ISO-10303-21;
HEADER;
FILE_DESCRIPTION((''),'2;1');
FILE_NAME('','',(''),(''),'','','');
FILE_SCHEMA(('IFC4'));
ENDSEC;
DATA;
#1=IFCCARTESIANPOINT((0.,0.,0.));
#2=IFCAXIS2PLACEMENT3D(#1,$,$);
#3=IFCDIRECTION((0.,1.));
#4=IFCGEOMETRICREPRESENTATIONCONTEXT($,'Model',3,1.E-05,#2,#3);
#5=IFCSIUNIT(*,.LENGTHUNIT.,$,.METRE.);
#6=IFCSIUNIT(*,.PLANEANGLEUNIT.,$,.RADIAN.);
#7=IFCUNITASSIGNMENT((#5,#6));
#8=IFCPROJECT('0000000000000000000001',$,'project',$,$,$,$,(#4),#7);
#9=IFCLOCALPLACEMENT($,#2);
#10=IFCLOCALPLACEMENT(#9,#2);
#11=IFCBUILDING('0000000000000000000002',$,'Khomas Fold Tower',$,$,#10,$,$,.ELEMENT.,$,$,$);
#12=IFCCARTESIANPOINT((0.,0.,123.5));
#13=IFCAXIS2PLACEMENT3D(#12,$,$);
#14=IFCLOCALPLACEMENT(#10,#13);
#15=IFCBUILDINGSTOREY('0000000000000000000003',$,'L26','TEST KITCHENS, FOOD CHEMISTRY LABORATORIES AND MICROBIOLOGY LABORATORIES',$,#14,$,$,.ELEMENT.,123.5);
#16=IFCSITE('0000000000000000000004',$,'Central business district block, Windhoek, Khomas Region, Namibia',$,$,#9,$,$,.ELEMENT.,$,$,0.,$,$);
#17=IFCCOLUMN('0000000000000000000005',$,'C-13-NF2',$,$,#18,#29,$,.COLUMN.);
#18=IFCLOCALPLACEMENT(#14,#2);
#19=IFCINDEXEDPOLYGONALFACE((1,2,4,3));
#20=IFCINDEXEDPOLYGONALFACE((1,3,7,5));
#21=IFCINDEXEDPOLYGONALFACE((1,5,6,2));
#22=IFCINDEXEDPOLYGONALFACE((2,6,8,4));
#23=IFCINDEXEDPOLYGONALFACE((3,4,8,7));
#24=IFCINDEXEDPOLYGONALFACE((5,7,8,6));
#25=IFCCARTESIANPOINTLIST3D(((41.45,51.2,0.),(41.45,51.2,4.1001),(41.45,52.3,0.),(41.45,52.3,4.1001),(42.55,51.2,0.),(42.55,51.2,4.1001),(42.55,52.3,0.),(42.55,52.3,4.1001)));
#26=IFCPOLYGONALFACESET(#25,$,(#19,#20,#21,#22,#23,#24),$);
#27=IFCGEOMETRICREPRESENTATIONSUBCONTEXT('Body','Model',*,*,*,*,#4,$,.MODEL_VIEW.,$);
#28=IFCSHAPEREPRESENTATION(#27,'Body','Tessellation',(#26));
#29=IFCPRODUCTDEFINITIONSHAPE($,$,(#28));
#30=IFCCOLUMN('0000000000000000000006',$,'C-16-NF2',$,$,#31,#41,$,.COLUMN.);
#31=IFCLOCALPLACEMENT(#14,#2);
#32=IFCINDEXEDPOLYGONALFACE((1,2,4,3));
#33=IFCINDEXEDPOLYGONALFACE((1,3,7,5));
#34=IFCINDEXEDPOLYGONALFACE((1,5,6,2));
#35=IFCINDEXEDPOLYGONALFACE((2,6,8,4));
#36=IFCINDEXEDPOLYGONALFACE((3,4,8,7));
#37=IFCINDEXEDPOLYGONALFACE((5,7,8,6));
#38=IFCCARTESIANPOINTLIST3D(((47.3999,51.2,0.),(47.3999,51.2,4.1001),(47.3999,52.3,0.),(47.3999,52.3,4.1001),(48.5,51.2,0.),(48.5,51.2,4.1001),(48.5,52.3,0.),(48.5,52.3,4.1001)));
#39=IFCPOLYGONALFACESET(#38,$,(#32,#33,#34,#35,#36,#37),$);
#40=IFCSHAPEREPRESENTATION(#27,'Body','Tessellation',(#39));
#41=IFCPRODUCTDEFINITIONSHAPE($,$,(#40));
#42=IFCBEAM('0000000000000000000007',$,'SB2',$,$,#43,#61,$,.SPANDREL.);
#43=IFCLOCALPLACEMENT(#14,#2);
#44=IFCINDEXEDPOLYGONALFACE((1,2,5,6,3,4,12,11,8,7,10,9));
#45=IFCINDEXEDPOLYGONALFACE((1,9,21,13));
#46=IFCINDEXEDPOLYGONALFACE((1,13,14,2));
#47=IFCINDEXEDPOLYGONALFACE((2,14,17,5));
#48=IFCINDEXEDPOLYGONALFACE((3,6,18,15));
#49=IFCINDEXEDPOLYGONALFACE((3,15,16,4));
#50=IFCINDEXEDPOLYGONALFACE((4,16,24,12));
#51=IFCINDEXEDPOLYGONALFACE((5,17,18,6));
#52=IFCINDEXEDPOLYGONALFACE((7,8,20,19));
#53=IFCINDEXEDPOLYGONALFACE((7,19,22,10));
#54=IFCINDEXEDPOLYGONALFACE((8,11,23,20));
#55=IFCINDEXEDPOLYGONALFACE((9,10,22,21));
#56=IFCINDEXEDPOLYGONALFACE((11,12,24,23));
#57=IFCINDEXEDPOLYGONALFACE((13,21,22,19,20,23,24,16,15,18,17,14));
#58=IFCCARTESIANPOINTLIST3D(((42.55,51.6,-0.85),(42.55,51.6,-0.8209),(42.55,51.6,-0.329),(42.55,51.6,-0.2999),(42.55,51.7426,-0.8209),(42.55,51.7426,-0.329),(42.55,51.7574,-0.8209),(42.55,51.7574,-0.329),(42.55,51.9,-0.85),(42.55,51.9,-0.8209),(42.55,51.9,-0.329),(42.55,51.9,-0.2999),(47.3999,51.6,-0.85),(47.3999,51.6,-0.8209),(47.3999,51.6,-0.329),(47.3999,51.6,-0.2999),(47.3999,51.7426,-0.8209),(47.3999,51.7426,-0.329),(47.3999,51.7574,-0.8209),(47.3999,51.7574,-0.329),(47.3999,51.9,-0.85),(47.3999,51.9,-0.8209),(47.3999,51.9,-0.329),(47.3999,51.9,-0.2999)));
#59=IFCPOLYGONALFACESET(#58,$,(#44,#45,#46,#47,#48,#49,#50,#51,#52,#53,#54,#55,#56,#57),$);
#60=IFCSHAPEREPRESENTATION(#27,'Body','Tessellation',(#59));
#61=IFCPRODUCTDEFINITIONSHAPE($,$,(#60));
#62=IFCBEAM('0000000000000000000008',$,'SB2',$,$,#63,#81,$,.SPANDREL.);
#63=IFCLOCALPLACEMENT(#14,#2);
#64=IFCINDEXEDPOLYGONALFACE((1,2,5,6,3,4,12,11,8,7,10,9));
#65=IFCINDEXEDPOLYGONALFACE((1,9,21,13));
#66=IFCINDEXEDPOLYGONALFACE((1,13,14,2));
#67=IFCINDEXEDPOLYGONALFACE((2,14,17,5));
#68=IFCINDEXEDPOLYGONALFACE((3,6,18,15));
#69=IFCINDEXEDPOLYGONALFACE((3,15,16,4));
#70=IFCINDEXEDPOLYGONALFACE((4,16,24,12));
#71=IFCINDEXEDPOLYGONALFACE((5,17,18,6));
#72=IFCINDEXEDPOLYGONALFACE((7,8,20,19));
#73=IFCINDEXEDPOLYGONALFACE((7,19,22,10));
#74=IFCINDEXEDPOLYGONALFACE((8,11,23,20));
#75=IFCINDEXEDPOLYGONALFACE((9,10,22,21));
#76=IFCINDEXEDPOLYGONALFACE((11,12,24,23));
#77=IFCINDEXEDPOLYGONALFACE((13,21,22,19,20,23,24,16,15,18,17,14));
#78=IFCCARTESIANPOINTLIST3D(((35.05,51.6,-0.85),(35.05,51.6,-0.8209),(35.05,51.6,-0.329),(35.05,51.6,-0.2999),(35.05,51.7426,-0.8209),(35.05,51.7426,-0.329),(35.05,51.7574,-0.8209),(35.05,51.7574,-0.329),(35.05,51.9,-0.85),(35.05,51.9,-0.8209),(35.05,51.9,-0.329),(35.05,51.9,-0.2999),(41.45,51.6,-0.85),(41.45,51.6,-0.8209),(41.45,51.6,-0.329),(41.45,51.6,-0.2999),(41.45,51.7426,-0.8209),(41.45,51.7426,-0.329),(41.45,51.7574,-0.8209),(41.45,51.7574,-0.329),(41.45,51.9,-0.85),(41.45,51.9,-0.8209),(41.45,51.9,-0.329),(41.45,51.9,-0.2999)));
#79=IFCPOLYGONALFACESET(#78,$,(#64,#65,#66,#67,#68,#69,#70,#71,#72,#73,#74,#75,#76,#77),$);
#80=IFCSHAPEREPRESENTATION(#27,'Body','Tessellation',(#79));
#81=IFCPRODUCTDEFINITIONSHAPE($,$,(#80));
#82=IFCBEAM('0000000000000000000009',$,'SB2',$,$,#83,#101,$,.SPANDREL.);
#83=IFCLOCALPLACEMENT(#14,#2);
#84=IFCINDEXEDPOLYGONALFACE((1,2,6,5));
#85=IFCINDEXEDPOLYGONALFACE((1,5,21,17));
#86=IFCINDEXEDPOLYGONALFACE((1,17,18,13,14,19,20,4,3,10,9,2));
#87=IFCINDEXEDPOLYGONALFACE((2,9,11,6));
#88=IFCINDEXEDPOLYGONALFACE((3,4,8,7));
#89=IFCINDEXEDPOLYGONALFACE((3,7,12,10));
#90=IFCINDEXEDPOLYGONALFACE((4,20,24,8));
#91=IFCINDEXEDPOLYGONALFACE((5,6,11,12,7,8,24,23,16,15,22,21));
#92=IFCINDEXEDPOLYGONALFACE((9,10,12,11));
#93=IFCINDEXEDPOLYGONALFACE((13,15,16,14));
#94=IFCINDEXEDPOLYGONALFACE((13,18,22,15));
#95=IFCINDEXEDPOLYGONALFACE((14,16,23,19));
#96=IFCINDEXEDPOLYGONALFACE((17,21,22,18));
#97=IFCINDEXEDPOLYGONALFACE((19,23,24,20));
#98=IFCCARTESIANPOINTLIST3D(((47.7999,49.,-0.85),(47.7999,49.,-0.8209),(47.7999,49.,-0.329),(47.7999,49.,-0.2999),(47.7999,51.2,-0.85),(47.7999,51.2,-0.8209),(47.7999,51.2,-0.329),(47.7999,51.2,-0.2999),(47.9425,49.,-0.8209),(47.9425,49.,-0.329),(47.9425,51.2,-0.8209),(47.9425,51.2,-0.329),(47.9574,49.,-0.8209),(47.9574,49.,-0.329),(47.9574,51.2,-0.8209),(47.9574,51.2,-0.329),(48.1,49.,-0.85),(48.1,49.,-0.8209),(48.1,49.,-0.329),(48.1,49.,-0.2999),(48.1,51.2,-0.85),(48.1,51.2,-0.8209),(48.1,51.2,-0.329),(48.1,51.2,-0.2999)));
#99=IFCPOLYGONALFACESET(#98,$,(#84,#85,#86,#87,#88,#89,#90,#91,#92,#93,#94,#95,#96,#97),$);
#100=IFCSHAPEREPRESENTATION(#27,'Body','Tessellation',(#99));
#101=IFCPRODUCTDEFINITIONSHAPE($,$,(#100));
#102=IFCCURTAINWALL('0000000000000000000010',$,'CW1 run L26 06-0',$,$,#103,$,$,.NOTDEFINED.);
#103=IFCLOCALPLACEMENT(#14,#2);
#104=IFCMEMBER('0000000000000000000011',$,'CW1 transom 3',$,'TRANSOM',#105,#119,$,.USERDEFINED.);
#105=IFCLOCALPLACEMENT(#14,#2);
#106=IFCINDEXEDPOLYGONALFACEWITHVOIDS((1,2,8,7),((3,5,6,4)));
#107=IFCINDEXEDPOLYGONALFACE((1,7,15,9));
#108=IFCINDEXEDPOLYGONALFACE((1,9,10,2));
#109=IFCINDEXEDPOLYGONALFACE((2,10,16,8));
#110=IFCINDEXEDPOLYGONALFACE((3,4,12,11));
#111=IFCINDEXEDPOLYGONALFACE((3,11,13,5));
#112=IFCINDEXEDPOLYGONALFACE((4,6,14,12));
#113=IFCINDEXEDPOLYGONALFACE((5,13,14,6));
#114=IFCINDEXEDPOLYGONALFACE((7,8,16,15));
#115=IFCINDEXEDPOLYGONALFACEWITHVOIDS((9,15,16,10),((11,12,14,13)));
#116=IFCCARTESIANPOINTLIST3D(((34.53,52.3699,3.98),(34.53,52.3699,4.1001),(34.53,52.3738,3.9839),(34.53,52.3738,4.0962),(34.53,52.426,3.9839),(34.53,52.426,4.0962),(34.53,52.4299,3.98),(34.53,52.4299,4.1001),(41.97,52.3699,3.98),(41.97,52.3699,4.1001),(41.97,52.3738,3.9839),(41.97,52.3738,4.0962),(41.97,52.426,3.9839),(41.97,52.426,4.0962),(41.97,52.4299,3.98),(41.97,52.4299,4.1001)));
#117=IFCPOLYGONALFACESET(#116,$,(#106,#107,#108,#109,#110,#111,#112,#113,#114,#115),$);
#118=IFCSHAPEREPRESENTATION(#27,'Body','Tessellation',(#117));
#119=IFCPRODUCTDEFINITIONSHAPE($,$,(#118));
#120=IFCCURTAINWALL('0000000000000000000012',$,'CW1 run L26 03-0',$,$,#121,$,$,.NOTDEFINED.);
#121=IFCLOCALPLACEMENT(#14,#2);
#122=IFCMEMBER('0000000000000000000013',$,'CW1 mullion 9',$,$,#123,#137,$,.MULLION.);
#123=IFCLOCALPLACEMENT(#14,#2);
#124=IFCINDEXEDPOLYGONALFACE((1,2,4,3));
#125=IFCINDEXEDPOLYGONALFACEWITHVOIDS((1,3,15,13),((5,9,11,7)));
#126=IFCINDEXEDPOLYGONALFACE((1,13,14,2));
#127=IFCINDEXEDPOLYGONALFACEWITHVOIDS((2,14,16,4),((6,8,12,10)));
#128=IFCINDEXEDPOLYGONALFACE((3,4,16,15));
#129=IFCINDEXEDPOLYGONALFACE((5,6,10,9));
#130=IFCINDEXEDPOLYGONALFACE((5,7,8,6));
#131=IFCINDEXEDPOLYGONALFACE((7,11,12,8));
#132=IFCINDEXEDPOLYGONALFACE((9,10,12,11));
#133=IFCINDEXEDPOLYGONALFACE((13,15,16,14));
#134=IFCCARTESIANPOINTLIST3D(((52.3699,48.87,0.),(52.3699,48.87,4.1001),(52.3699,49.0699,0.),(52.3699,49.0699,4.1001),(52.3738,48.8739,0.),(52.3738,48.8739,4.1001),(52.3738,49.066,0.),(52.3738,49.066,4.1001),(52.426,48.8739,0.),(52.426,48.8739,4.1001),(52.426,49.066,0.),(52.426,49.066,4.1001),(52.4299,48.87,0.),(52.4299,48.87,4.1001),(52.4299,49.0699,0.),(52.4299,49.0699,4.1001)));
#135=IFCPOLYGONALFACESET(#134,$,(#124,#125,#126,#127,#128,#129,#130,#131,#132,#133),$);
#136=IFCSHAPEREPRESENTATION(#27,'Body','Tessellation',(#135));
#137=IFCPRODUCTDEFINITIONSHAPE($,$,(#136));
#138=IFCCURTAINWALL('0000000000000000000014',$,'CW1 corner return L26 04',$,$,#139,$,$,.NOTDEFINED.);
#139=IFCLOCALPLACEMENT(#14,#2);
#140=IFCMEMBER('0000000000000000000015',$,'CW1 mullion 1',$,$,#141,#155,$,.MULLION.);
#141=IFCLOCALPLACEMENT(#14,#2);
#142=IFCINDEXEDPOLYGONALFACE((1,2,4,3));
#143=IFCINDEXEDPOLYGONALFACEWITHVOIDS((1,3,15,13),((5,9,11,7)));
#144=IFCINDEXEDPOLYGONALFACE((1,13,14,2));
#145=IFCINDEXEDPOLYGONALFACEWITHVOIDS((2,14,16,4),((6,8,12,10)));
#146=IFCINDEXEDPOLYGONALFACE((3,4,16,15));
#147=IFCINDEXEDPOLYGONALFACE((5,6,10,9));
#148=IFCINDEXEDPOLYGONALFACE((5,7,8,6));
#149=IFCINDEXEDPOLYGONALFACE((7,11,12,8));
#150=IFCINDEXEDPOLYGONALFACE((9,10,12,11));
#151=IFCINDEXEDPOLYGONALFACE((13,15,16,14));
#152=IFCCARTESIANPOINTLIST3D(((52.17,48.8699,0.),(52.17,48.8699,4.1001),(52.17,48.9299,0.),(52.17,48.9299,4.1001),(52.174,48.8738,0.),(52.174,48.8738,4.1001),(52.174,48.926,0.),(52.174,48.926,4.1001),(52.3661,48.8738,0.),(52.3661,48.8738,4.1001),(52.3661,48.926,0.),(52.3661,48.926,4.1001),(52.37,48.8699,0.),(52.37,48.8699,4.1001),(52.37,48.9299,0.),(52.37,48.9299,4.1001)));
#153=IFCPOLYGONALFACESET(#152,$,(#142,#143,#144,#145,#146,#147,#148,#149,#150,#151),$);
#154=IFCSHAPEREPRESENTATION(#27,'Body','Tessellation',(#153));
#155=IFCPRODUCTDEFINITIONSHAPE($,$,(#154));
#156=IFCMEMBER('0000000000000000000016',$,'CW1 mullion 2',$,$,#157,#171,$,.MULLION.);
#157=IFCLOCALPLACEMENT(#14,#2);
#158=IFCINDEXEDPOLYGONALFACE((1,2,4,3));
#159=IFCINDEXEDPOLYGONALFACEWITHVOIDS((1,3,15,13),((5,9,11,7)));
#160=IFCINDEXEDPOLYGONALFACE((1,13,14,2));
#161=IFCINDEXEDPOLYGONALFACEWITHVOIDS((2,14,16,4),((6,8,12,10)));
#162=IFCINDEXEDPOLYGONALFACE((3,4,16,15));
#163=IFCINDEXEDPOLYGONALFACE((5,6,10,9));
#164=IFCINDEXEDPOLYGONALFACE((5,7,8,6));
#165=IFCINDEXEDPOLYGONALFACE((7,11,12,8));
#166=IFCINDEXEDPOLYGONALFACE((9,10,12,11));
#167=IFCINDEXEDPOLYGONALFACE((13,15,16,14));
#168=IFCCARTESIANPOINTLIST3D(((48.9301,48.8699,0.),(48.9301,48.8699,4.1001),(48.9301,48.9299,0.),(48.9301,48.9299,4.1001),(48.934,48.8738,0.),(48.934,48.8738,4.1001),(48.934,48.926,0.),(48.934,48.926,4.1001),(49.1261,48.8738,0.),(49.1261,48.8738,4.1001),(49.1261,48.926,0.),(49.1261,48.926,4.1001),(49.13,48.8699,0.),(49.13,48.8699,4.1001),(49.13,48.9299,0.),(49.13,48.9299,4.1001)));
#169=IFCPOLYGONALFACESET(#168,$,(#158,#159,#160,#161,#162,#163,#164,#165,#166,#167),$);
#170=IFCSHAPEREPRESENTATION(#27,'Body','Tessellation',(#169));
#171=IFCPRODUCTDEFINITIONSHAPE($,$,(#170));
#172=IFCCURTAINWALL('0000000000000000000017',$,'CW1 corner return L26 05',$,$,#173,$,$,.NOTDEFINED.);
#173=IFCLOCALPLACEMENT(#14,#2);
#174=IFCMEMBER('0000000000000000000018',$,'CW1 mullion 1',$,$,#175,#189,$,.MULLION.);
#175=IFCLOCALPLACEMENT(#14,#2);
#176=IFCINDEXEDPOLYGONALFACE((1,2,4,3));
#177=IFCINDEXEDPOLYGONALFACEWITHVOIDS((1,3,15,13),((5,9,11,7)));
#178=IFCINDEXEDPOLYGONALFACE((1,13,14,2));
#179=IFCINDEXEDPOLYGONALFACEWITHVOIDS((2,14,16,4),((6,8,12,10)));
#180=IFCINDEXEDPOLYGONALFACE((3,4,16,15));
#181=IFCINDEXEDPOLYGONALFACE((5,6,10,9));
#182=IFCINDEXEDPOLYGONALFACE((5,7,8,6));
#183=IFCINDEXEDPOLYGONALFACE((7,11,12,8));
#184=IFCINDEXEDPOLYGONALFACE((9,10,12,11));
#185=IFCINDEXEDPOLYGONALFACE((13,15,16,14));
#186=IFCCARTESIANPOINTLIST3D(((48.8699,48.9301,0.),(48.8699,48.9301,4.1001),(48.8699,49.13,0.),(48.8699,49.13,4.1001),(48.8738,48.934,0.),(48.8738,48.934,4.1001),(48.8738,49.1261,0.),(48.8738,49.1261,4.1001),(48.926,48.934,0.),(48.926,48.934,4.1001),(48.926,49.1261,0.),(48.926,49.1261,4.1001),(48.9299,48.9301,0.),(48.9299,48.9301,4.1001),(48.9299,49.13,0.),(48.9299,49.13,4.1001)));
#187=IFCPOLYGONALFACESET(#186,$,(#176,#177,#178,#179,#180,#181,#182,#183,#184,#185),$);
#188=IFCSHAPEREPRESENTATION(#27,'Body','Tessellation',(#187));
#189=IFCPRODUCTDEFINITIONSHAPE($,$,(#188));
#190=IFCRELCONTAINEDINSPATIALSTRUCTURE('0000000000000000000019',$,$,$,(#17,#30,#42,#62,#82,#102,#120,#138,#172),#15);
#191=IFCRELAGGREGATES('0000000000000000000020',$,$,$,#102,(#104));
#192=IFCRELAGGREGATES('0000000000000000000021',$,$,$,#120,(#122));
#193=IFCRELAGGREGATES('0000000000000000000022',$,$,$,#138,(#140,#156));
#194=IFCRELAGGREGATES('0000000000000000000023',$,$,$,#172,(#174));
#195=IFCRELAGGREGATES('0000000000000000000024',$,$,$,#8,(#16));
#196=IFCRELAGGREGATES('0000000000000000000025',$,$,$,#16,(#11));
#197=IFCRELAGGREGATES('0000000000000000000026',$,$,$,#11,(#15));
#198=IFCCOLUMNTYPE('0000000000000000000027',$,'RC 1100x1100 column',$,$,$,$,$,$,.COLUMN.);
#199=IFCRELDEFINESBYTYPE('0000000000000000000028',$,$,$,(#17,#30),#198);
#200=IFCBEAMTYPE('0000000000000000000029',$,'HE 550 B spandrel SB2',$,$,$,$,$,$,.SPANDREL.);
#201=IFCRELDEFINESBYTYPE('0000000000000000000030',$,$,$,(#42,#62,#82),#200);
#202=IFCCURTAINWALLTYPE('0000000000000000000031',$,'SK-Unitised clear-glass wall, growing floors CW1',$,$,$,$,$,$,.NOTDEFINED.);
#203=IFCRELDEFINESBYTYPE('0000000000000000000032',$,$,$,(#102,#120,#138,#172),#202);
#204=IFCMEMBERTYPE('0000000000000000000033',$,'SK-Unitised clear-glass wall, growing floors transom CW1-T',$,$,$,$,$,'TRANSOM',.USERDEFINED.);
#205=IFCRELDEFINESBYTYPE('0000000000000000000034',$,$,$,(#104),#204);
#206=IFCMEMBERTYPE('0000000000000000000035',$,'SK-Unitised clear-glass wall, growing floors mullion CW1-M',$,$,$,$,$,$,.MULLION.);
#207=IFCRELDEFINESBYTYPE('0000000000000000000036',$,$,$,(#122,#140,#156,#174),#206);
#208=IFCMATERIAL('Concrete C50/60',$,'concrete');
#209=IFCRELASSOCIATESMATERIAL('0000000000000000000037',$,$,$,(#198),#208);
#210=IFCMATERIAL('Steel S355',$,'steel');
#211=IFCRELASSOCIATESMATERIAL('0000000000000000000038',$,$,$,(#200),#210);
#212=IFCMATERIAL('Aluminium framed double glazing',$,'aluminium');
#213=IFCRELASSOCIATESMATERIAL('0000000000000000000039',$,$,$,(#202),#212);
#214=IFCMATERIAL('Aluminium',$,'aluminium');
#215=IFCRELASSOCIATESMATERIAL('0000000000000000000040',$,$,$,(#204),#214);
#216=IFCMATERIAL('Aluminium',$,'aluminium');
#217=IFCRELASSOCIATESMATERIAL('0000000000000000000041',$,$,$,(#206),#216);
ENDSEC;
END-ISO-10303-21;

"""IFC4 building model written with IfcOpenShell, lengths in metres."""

from ifc_helpers import new_model, si_unit, direction, frame, origin, origin_2d, place, context, subcontext, project, spatial, rectangle, hollow_rectangle, i_section, extrude, source, transform, mapped, material, material_profile, profile_set, type_object, element, aggregate, save


model = new_model("IFC4")

# Units and contexts
model_context = context("Model", 3, precision=1e-05, world=origin(), true_north=direction((0.0, 1.0)))
body_context = subcontext(model_context, "Body", "Model", "MODEL_VIEW")
ifc_project = project(units=[si_unit("LENGTHUNIT", "METRE"), si_unit("PLANEANGLEUNIT", "RADIAN")], contexts=[model_context])

# Site, building, storey
site_placement = place(None, origin())
site = spatial("IfcSite", under=ifc_project, at=site_placement, Name="Central business district block, Windhoek, Khomas Region, Namibia", CompositionType="ELEMENT", RefElevation=0.0)
building_placement = place(site_placement, origin())
building = spatial("IfcBuilding", under=site, at=building_placement, Name="Khomas Fold Tower", CompositionType="ELEMENT")
storey_placement = place(building_placement, frame((0.0, 0.0, 123.5)))
storey = spatial("IfcBuildingStorey", under=building, at=storey_placement, Name="L26", Description="TEST KITCHENS, FOOD CHEMISTRY LABORATORIES AND MICROBIOLOGY LABORATORIES", CompositionType="ELEMENT", Elevation=123.5)

# Columns
ifc_material_1 = material(Name="Concrete C50/60", Category="concrete")
ifc_material_profile_1 = material_profile(ifc_material_1, rectangle(XDim=1.1001, YDim=1.1001, at=origin_2d()), Name="RC 1100x1100")
ifc_profile_set_1 = profile_set([ifc_material_profile_1], Name="Concrete C50/60")
column_type = type_object("IfcColumnType", Name="RC 1100x1100 column", PredefinedType="COLUMN", material=ifc_profile_set_1)
shared_shape_1 = source(origin(), body_context, "Body", "SweptSolid", [
    extrude(rectangle(XDim=1.1001, YDim=1.1001, at=origin_2d()), origin(), (0.0, 0.0, 1.0), 4.1001),
])
for number, where, z_axis, x_axis, name in (
    (1, (42.0, 51.75, 0.0), (0.0, 0.0, 1.0), (1.0, 0.0, 0.0), "C-13-NF2"),
    (2, (47.95, 51.75, 0.0), (0.0, 0.0, 1.0), (1.0, 0.0, 0.0), "C-16-NF2"),
):
    element("IfcColumn", number, at=place(storey_placement, frame(where, z_axis=z_axis, x_axis=x_axis)), inside=storey, type_object=column_type, Name=name, PredefinedType="COLUMN", context=body_context, shape_type="MappedRepresentation", body=[
        mapped(shared_shape_1, transform((0.0, 0.0, 0.0))),
    ])

# Beams
ifc_material_2 = material(Name="Steel S355", Category="steel")
ifc_material_profile_2 = material_profile(ifc_material_2, i_section(OverallWidth=0.3, OverallDepth=0.55, WebThickness=0.0149, FlangeThickness=0.0291, at=origin_2d()), Name="HE 550 B")
ifc_profile_set_2 = profile_set([ifc_material_profile_2], Name="Steel S355")
beam_type = type_object("IfcBeamType", Name="HE 550 B spandrel SB2", PredefinedType="SPANDREL", material=ifc_profile_set_2)
shared_shape_2 = source(origin(), body_context, "Body", "SweptSolid", [
    extrude(i_section(OverallWidth=0.3, OverallDepth=0.55, WebThickness=0.0149, FlangeThickness=0.0291, at=origin_2d()), origin(), (0.0, 0.0, 1.0), 4.8499),
])
beam_1_placement = place(storey_placement, frame((42.55, 51.75, -0.575), z_axis=(1.0, 0.0, 0.0), x_axis=(0.0, 1.0, 0.0)))
element("IfcBeam", 3, at=beam_1_placement, inside=storey, type_object=beam_type, Name="SB2", PredefinedType="SPANDREL", context=body_context, shape_type="MappedRepresentation", body=[
    mapped(shared_shape_2, transform((0.0, 0.0, 0.0))),
])
shared_shape_3 = source(origin(), body_context, "Body", "SweptSolid", [
    extrude(i_section(OverallWidth=0.3, OverallDepth=0.55, WebThickness=0.0149, FlangeThickness=0.0291, at=origin_2d()), origin(), (0.0, 0.0, 1.0), 6.3999),
])
beam_2_placement = place(storey_placement, frame((35.05, 51.75, -0.575), z_axis=(1.0, 0.0, 0.0), x_axis=(0.0, 1.0, 0.0)))
element("IfcBeam", 4, at=beam_2_placement, inside=storey, type_object=beam_type, Name="SB2", PredefinedType="SPANDREL", context=body_context, shape_type="MappedRepresentation", body=[
    mapped(shared_shape_3, transform((0.0, 0.0, 0.0))),
])
shared_shape_4 = source(origin(), body_context, "Body", "SweptSolid", [
    extrude(i_section(OverallWidth=0.3, OverallDepth=0.55, WebThickness=0.0149, FlangeThickness=0.0291, at=origin_2d()), origin(), (0.0, 0.0, 1.0), 2.2),
])
beam_3_placement = place(storey_placement, frame((47.95, 49.0, -0.575), z_axis=(0.0, 1.0, 0.0), x_axis=(-1.0, 0.0, 0.0)))
element("IfcBeam", 5, at=beam_3_placement, inside=storey, type_object=beam_type, Name="SB2", PredefinedType="SPANDREL", context=body_context, shape_type="MappedRepresentation", body=[
    mapped(shared_shape_4, transform((0.0, 0.0, 0.0))),
])

# Curtain walls, members
ifc_material_3 = material(Name="Aluminium framed double glazing", Category="aluminium")
curtain_wall_type = type_object("IfcCurtainWallType", Name="SK-Unitised clear-glass wall, growing floors CW1", PredefinedType="NOTDEFINED", material=ifc_material_3)
curtain_wall_1_placement = place(storey_placement, origin())
curtain_wall_1 = element("IfcCurtainWall", 6, at=curtain_wall_1_placement, inside=storey, type_object=curtain_wall_type, Name="CW1 run L26 06-0", PredefinedType="NOTDEFINED")
ifc_material_4 = material(Name="Aluminium", Category="aluminium")
ifc_material_profile_3 = material_profile(ifc_material_4, hollow_rectangle(XDim=0.0601, YDim=0.1201, WallThickness=0.0039, at=origin_2d()), Name="SK-Unitised clear-glass wall, growing floors transom CW1-T")
ifc_profile_set_3 = profile_set([ifc_material_profile_3], Name="Aluminium")
member_type_1 = type_object("IfcMemberType", Name="SK-Unitised clear-glass wall, growing floors transom CW1-T", ElementType="TRANSOM", PredefinedType="USERDEFINED", material=ifc_profile_set_3)
shared_shape_5 = source(origin(), body_context, "Body", "SweptSolid", [
    extrude(hollow_rectangle(XDim=0.0601, YDim=0.1201, WallThickness=0.0039, at=origin_2d()), origin(), (0.0, 0.0, 1.0), 7.4399),
])
member_1_placement = place(storey_placement, frame((41.97, 52.3999, 4.04), z_axis=(-1.0, 0.0, 0.0), x_axis=(0.0, -1.0, 0.0)))
member_1 = element("IfcMember", 7, at=member_1_placement, type_object=member_type_1, Name="CW1 transom 3", ObjectType="TRANSOM", PredefinedType="USERDEFINED", context=body_context, shape_type="MappedRepresentation", body=[
    mapped(shared_shape_5, transform((0.0, 0.0, 0.0))),
])
curtain_wall_2_placement = place(storey_placement, origin())
curtain_wall_2 = element("IfcCurtainWall", 8, at=curtain_wall_2_placement, inside=storey, type_object=curtain_wall_type, Name="CW1 run L26 03-0", PredefinedType="NOTDEFINED")
ifc_material_5 = material(Name="Aluminium", Category="aluminium")
ifc_material_profile_4 = material_profile(ifc_material_5, hollow_rectangle(XDim=0.0601, YDim=0.2, WallThickness=0.0039, at=origin_2d()), Name="SK-Unitised clear-glass wall, growing floors mullion CW1-M")
ifc_profile_set_4 = profile_set([ifc_material_profile_4], Name="Aluminium")
member_type_2 = type_object("IfcMemberType", Name="SK-Unitised clear-glass wall, growing floors mullion CW1-M", PredefinedType="MULLION", material=ifc_profile_set_4)
shared_shape_6 = source(origin(), body_context, "Body", "SweptSolid", [
    extrude(hollow_rectangle(XDim=0.0601, YDim=0.2, WallThickness=0.0039, at=origin_2d()), origin(), (0.0, 0.0, 1.0), 4.1001),
])
member_2_placement = place(storey_placement, frame((52.3999, 48.97, 0.0), z_axis=(0.0, 0.0, 1.0), x_axis=(-1.0, 0.0, 0.0)))
member_2 = element("IfcMember", 9, at=member_2_placement, type_object=member_type_2, Name="CW1 mullion 9", PredefinedType="MULLION", context=body_context, shape_type="MappedRepresentation", body=[
    mapped(shared_shape_6, transform((0.0, 0.0, 0.0))),
])

# Curtain walls, members
curtain_wall_3_placement = place(storey_placement, origin())
curtain_wall_3 = element("IfcCurtainWall", 10, at=curtain_wall_3_placement, inside=storey, type_object=curtain_wall_type, Name="CW1 corner return L26 04", PredefinedType="NOTDEFINED")
member_3_placement = place(storey_placement, frame((52.27, 48.8999, 0.0), z_axis=(0.0, 0.0, 1.0), x_axis=(0.0, -1.0, 0.0)))
member_3 = element("IfcMember", 11, at=member_3_placement, type_object=member_type_2, Name="CW1 mullion 1", PredefinedType="MULLION", context=body_context, shape_type="MappedRepresentation", body=[
    mapped(shared_shape_6, transform((0.0, 0.0, 0.0))),
])
member_4_placement = place(storey_placement, frame((49.03, 48.8999, 0.0), z_axis=(0.0, 0.0, 1.0), x_axis=(0.0, -1.0, 0.0)))
member_4 = element("IfcMember", 12, at=member_4_placement, type_object=member_type_2, Name="CW1 mullion 2", PredefinedType="MULLION", context=body_context, shape_type="MappedRepresentation", body=[
    mapped(shared_shape_6, transform((0.0, 0.0, 0.0))),
])
curtain_wall_4_placement = place(storey_placement, origin())
curtain_wall_4 = element("IfcCurtainWall", 13, at=curtain_wall_4_placement, inside=storey, type_object=curtain_wall_type, Name="CW1 corner return L26 05", PredefinedType="NOTDEFINED")
member_5_placement = place(storey_placement, frame((48.8999, 49.03, 0.0), z_axis=(0.0, 0.0, 1.0), x_axis=(-1.0, 0.0, 0.0)))
member_5 = element("IfcMember", 14, at=member_5_placement, type_object=member_type_2, Name="CW1 mullion 1", PredefinedType="MULLION", context=body_context, shape_type="MappedRepresentation", body=[
    mapped(shared_shape_6, transform((0.0, 0.0, 0.0))),
])

aggregate(curtain_wall_1, [member_1])
aggregate(curtain_wall_2, [member_2])
aggregate(curtain_wall_3, [member_3, member_4])
aggregate(curtain_wall_4, [member_5])

save(model, "model.ifc")
